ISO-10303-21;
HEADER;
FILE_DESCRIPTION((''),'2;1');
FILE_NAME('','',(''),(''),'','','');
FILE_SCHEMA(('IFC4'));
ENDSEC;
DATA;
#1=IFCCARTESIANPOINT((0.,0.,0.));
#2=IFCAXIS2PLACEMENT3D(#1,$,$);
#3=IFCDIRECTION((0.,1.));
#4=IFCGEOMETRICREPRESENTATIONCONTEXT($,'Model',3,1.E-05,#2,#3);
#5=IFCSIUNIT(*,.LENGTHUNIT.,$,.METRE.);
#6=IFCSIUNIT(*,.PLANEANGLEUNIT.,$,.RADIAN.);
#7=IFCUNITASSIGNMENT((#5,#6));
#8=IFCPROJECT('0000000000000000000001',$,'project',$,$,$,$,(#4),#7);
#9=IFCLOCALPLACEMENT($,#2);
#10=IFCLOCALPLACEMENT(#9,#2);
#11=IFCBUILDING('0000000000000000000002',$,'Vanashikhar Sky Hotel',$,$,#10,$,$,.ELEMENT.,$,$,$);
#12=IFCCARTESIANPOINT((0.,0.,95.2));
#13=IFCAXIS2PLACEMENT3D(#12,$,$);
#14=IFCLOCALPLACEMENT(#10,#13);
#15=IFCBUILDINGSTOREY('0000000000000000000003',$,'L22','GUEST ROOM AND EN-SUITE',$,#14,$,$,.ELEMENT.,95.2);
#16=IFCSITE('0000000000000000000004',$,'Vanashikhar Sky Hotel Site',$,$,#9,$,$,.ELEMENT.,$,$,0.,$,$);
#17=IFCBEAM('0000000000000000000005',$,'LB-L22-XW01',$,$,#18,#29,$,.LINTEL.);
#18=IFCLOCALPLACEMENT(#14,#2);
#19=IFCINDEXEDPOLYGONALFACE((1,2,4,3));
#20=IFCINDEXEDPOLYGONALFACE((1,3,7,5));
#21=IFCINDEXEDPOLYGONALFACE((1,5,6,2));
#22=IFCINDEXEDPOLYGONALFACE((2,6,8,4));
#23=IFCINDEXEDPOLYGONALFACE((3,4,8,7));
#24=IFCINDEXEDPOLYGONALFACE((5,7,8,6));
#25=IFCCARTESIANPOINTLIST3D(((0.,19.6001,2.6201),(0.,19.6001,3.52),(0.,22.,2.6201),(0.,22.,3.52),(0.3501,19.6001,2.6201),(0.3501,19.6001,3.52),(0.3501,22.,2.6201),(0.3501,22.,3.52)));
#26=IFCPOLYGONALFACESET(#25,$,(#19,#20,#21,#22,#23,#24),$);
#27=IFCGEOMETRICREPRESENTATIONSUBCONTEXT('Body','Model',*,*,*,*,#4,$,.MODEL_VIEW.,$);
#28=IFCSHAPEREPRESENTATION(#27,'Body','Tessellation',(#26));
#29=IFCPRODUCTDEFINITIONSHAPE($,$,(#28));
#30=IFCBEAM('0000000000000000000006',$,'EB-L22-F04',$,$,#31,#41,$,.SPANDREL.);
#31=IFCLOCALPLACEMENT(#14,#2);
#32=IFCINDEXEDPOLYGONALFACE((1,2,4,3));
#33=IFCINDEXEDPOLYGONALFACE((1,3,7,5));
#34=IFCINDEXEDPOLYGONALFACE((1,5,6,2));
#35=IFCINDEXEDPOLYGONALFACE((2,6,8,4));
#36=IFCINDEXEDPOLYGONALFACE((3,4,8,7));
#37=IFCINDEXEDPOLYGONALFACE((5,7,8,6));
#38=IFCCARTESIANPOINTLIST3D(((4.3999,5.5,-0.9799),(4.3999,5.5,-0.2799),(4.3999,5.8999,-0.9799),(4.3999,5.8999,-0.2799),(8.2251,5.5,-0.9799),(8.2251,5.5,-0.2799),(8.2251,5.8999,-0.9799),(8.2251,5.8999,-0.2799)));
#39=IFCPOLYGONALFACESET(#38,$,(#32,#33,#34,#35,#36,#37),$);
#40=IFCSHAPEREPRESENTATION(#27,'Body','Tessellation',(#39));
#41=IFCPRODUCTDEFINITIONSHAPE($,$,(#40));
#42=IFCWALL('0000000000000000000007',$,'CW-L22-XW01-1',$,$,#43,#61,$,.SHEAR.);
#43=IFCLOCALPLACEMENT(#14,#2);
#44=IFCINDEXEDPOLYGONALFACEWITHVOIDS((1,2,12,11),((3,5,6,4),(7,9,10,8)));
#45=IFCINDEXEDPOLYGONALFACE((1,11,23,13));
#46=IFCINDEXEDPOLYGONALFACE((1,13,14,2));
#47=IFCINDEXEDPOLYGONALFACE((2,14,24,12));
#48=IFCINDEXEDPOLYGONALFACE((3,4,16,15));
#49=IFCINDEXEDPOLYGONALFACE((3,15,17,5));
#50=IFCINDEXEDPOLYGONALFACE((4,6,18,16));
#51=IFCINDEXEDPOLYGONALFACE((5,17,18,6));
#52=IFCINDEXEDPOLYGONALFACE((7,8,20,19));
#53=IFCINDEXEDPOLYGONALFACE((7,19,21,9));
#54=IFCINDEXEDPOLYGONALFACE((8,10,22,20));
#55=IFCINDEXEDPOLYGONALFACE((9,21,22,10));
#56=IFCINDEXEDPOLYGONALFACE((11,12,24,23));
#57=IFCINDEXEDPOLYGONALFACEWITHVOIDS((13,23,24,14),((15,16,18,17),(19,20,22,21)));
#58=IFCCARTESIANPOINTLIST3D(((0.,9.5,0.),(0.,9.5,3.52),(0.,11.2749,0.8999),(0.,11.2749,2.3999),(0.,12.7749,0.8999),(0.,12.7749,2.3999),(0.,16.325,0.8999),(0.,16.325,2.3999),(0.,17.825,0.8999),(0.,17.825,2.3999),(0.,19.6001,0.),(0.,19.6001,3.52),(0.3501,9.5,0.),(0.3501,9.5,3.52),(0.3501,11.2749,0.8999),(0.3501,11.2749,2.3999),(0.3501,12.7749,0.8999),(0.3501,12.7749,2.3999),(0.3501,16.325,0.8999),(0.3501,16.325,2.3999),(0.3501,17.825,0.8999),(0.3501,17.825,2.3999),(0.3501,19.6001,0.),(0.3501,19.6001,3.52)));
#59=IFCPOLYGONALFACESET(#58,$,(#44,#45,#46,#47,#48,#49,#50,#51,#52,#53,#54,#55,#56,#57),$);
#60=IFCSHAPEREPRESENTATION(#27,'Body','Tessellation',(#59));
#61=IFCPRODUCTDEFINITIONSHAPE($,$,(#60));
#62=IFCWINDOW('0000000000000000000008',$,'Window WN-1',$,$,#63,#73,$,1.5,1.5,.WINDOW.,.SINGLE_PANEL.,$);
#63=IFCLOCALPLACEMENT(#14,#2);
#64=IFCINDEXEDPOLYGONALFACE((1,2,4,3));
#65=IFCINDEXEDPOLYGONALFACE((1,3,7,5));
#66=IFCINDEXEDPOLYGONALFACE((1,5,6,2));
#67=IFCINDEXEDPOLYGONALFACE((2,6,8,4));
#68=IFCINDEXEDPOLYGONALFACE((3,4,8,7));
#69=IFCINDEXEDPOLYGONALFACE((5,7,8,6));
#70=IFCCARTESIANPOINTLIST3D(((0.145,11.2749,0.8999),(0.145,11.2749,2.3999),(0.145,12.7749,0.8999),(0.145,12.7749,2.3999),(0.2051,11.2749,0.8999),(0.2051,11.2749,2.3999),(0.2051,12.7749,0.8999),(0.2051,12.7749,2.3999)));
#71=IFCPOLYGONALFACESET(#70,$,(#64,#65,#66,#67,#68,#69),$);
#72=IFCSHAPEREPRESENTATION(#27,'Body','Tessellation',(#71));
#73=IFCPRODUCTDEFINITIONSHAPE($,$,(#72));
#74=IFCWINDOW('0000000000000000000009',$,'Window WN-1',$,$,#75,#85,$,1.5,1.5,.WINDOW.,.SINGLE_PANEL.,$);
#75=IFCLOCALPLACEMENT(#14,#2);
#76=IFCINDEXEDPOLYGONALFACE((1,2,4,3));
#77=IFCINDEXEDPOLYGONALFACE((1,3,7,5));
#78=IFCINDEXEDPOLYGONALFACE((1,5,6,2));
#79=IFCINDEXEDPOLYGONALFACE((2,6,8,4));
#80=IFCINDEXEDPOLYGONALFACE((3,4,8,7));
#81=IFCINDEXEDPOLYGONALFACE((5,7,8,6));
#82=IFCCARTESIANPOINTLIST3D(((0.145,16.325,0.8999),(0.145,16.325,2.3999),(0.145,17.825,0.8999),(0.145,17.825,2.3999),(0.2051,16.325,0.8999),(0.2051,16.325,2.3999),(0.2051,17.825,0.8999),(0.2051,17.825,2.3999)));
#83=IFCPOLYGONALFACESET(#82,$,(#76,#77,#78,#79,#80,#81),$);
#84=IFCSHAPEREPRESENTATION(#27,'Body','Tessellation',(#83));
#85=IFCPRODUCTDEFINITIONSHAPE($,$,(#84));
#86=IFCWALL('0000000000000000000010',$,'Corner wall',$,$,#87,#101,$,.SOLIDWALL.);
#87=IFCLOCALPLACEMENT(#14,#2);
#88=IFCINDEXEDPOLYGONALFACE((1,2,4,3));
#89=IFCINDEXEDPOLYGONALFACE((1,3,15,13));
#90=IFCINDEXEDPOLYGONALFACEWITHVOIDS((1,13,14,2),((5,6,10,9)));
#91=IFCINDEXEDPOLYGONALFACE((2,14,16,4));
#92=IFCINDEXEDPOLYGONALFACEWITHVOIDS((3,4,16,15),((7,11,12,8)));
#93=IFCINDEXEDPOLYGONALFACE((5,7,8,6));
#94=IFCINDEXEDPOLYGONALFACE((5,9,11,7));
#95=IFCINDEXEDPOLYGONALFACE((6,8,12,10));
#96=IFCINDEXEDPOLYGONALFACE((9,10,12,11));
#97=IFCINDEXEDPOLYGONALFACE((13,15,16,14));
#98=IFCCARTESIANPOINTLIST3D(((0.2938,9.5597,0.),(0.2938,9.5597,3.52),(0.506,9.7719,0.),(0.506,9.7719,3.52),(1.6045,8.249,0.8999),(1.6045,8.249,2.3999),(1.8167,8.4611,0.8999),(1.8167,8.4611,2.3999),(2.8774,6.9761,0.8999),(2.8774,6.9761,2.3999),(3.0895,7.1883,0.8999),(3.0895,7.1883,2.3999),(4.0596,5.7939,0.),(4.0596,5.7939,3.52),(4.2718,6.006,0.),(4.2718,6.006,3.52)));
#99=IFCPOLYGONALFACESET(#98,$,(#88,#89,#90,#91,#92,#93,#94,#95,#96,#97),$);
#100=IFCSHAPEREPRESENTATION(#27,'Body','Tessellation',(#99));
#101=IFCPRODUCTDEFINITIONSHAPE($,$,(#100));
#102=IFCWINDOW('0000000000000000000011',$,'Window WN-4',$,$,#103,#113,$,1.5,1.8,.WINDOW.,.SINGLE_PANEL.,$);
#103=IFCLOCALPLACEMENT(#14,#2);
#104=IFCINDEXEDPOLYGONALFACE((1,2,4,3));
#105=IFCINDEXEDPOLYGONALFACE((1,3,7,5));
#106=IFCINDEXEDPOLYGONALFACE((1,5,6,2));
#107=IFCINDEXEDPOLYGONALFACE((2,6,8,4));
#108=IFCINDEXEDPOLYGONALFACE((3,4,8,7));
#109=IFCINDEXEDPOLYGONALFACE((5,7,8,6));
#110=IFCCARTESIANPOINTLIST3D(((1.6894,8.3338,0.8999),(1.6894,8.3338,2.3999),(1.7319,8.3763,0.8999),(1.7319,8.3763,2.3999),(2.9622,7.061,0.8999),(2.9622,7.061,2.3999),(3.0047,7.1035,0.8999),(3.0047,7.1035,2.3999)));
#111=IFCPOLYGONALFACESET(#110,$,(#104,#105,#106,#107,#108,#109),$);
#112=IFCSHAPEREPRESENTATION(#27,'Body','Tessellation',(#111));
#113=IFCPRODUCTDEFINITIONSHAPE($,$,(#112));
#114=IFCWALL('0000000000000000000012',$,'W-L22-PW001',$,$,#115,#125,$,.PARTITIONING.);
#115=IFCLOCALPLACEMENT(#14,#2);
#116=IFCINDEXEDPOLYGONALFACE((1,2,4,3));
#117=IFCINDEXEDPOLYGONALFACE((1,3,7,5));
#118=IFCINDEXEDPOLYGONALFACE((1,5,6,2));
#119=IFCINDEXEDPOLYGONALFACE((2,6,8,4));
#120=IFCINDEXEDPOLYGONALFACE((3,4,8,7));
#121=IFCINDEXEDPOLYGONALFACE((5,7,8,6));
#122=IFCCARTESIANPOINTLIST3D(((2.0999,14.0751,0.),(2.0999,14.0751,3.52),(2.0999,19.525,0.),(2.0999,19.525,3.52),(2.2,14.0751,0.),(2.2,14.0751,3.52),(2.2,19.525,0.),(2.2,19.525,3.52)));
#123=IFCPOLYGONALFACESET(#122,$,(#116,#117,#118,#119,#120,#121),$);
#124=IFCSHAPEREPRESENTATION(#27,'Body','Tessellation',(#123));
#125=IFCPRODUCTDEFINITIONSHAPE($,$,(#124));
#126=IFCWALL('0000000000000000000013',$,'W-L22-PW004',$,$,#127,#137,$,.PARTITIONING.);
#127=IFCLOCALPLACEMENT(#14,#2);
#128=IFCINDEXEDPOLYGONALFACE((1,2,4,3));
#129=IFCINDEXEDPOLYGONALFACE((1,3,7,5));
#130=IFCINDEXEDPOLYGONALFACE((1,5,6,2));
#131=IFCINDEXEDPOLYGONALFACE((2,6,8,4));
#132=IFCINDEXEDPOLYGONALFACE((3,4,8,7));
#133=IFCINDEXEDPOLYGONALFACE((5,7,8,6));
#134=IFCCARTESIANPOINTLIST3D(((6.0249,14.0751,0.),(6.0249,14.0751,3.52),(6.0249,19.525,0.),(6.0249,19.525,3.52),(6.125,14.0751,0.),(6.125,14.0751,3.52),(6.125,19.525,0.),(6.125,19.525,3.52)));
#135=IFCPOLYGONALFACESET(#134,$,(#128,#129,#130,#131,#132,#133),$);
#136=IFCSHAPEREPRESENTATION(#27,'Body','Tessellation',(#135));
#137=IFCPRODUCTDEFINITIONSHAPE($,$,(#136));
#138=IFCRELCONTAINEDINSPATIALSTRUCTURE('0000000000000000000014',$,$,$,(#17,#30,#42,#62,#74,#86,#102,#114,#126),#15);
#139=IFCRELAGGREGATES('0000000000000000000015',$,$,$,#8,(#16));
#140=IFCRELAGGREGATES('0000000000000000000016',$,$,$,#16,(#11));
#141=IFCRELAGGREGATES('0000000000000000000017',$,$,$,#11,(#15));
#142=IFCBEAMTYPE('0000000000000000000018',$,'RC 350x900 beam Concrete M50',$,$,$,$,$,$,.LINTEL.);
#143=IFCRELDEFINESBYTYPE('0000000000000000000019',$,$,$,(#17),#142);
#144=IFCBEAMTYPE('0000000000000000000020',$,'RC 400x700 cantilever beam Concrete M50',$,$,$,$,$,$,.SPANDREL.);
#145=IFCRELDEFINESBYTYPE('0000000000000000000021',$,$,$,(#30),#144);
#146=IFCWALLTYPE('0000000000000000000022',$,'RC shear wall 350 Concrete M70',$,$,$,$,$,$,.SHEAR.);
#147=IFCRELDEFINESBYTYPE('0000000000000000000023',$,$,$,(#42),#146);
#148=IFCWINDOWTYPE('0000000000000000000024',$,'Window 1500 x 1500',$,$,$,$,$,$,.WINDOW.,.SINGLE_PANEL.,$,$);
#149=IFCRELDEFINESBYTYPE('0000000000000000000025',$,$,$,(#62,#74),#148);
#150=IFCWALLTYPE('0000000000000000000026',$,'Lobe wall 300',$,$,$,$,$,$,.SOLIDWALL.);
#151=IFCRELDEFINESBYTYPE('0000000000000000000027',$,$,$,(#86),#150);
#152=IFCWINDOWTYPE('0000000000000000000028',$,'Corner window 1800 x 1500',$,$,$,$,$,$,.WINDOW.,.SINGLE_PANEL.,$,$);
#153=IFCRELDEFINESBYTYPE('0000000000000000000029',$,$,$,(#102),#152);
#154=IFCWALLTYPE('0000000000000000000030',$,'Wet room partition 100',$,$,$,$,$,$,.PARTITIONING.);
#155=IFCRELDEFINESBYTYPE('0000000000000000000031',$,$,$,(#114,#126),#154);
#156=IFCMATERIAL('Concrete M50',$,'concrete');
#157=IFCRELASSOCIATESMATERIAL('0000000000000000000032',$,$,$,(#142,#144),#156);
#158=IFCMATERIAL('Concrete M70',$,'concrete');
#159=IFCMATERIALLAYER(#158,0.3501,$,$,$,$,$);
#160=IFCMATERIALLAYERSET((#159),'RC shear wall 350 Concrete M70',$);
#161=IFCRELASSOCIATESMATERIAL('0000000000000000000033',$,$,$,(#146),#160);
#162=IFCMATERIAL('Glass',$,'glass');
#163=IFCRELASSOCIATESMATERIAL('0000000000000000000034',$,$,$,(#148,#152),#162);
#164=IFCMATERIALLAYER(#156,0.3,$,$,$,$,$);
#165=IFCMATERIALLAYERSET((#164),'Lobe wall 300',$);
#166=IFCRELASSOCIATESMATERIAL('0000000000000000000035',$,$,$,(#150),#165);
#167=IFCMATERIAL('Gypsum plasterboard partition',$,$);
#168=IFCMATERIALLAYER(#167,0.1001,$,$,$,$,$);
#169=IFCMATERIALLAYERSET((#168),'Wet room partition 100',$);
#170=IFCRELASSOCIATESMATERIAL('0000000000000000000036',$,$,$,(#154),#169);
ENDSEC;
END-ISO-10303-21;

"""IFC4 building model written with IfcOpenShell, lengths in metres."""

from ifc_helpers import new_model, si_unit, direction, frame, frame_2d, origin, origin_2d, place, context, subcontext, project, spatial, rectangle, extrude, source, transform, mapped, material, layer, layer_set, material_profile, profile_set, type_object, element, fill, save


model = new_model("IFC4")

# Units and contexts
model_context = context("Model", 3, precision=1e-05, world=origin(), true_north=direction((0.0, 1.0)))
body_context = subcontext(model_context, "Body", "Model", "MODEL_VIEW")
ifc_project = project(units=[si_unit("LENGTHUNIT", "METRE"), si_unit("PLANEANGLEUNIT", "RADIAN")], contexts=[model_context])

# Site, building, storey
site_placement = place(None, origin())
site = spatial("IfcSite", under=ifc_project, at=site_placement, Name="Vanashikhar Sky Hotel Site", CompositionType="ELEMENT", RefElevation=0.0)
building_placement = place(site_placement, origin())
building = spatial("IfcBuilding", under=site, at=building_placement, Name="Vanashikhar Sky Hotel", CompositionType="ELEMENT")
storey_placement = place(building_placement, frame((0.0, 0.0, 95.2)))
storey = spatial("IfcBuildingStorey", under=building, at=storey_placement, Name="L22", Description="GUEST ROOM AND EN-SUITE", CompositionType="ELEMENT", Elevation=95.2)

# Beams
ifc_material_1 = material(Name="Concrete M50", Category="concrete")
ifc_material_profile_1 = material_profile(ifc_material_1, rectangle(XDim=0.3501, YDim=0.8999, at=origin_2d()))
ifc_profile_set_1 = profile_set([ifc_material_profile_1], Name="RC 350x900 beam Concrete M50")
beam_type_1 = type_object("IfcBeamType", Name="RC 350x900 beam Concrete M50", PredefinedType="LINTEL", material=ifc_profile_set_1)
shared_shape_1 = source(origin(), body_context, "Body", "SweptSolid", [
    extrude(rectangle(XDim=0.3501, YDim=0.8999, at=origin_2d()), origin(), (0.0, 0.0, 1.0), 2.3999),
])
beam_1_placement = place(storey_placement, frame((0.175, 19.6001, 3.0701), z_axis=(0.0, 1.0, 0.0), x_axis=(-1.0, 0.0, 0.0)))
element("IfcBeam", 1, at=beam_1_placement, inside=storey, type_object=beam_type_1, Name="LB-L22-XW01", PredefinedType="LINTEL", context=body_context, shape_type="MappedRepresentation", body=[
    mapped(shared_shape_1, transform((0.0, 0.0, 0.0), scale=1.0)),
])
ifc_material_profile_2 = material_profile(ifc_material_1, rectangle(XDim=0.3999, YDim=0.7, at=origin_2d()))
ifc_profile_set_2 = profile_set([ifc_material_profile_2], Name="RC 400x700 cantilever beam Concrete M50")
beam_type_2 = type_object("IfcBeamType", Name="RC 400x700 cantilever beam Concrete M50", PredefinedType="SPANDREL", material=ifc_profile_set_2)
shared_shape_2 = source(origin(), body_context, "Body", "SweptSolid", [
    extrude(rectangle(XDim=0.3999, YDim=0.7, at=origin_2d()), origin(), (0.0, 0.0, 1.0), 3.8252),
])
beam_2_placement = place(storey_placement, frame((4.3999, 5.7, -0.6299), z_axis=(1.0, 0.0, 0.0), x_axis=(0.0, 1.0, 0.0)))
element("IfcBeam", 2, at=beam_2_placement, inside=storey, type_object=beam_type_2, Name="EB-L22-F04", PredefinedType="SPANDREL", context=body_context, shape_type="MappedRepresentation", body=[
    mapped(shared_shape_2, transform((0.0, 0.0, 0.0), scale=1.0)),
])

# Wall, openings, windows
ifc_material_2 = material(Name="Concrete M70", Category="concrete")
ifc_layer_1 = layer(ifc_material_2, 0.3501)
ifc_layer_set_1 = layer_set([ifc_layer_1], Name="RC shear wall 350 Concrete M70")
wall_type_1 = type_object("IfcWallType", Name="RC shear wall 350 Concrete M70", PredefinedType="SHEAR", material=ifc_layer_set_1)
shared_shape_3 = source(origin(), body_context, "Body", "SweptSolid", [
    extrude(rectangle(XDim=10.1001, YDim=0.3501, at=frame_2d((5.05, 0.0))), origin(), (0.0, 0.0, 1.0), 3.52),
])
wall_1_placement = place(storey_placement, frame((0.175, 9.5, 0.0), z_axis=(0.0, 0.0, 1.0), x_axis=(0.0, 1.0, 0.0)))
wall_1 = element("IfcWall", 3, at=wall_1_placement, inside=storey, type_object=wall_type_1, Name="CW-L22-XW01-1", PredefinedType="SHEAR", context=body_context, shape_type="MappedRepresentation", body=[
    mapped(shared_shape_3, transform((0.0, 0.0, 0.0), scale=1.0)),
])
shared_shape_4 = source(origin(), body_context, "Body", "SweptSolid", [
    extrude(rectangle(XDim=1.5, YDim=1.5, at=frame_2d((0.75, 0.75))), frame((0.0, 0.1851, 0.0), z_axis=(0.0, -1.0, 0.0), x_axis=(1.0, 0.0, 0.0)), (0.0, 0.0, 1.0), 0.3701),
])
opening_1_placement = place(wall_1_placement, frame((1.7749, 0.0, 0.8999)))
opening_1 = element("IfcOpeningElement", 4, at=opening_1_placement, cuts=wall_1, PredefinedType="OPENING", context=body_context, shape_type="MappedRepresentation", body=[
    mapped(shared_shape_4, transform((0.0, 0.0, 0.0), scale=1.0)),
])
opening_2_placement = place(wall_1_placement, frame((6.825, 0.0, 0.8999)))
opening_2 = element("IfcOpeningElement", 5, at=opening_2_placement, cuts=wall_1, PredefinedType="OPENING", context=body_context, shape_type="MappedRepresentation", body=[
    mapped(shared_shape_4, transform((0.0, 0.0, 0.0), scale=1.0)),
])
ifc_material_3 = material(Name="Glass", Category="glass")
window_type_1 = type_object("IfcWindowType", Name="Window 1500 x 1500", PartitioningType="SINGLE_PANEL", PredefinedType="WINDOW", material=ifc_material_3)
shared_shape_5 = source(origin(), body_context, "Body", "SweptSolid", [
    extrude(rectangle(XDim=1.5, YDim=1.5, at=frame_2d((0.75, 0.75))), frame((0.0, 0.03, 0.0), z_axis=(0.0, -1.0, 0.0), x_axis=(1.0, 0.0, 0.0)), (0.0, 0.0, 1.0), 0.0601),
])
window_1_placement = place(opening_1_placement, origin())
window_1 = element("IfcWindow", 6, at=window_1_placement, inside=storey, type_object=window_type_1, Name="Window WN-1", OverallHeight=1.5, OverallWidth=1.5, PartitioningType="SINGLE_PANEL", PredefinedType="WINDOW", context=body_context, shape_type="MappedRepresentation", body=[
    mapped(shared_shape_5, transform((0.0, 0.0, 0.0), scale=1.0)),
])
fill(opening_1, window_1)
window_2_placement = place(opening_2_placement, origin())
window_2 = element("IfcWindow", 7, at=window_2_placement, inside=storey, type_object=window_type_1, Name="Window WN-1", OverallHeight=1.5, OverallWidth=1.5, PartitioningType="SINGLE_PANEL", PredefinedType="WINDOW", context=body_context, shape_type="MappedRepresentation", body=[
    mapped(shared_shape_5, transform((0.0, 0.0, 0.0), scale=1.0)),
])
fill(opening_2, window_2)

# Wall, opening, window
ifc_layer_2 = layer(ifc_material_1, 0.3)
ifc_layer_set_2 = layer_set([ifc_layer_2], Name="Lobe wall 300")
wall_type_2 = type_object("IfcWallType", Name="Lobe wall 300", PredefinedType="SOLIDWALL", material=ifc_layer_set_2)
shared_shape_6 = source(origin(), body_context, "Body", "SweptSolid", [
    extrude(rectangle(XDim=5.3257, YDim=0.3, at=frame_2d((2.6628, 0.0))), origin(), (0.0, 0.0, 1.0), 3.52),
])
wall_2_placement = place(storey_placement, frame((0.3999, 9.6658, 0.0), z_axis=(0.0, 0.0, 1.0), x_axis=(0.707107, -0.707107, 0.0)))
wall_2 = element("IfcWall", 8, at=wall_2_placement, inside=storey, type_object=wall_type_2, Name="Corner wall", PredefinedType="SOLIDWALL", context=body_context, shape_type="MappedRepresentation", body=[
    mapped(shared_shape_6, transform((0.0, 0.0, 0.0), scale=1.0)),
])
shared_shape_7 = source(origin(), body_context, "Body", "SweptSolid", [
    extrude(rectangle(XDim=1.8, YDim=1.5, at=frame_2d((0.8999, 0.75))), frame((0.0, 0.1602, 0.0), z_axis=(0.0, -1.0, 0.0), x_axis=(1.0, 0.0, 0.0)), (0.0, 0.0, 1.0), 0.3201),
])
opening_3_placement = place(wall_2_placement, frame((1.8538, 0.0, 0.8999)))
opening_3 = element("IfcOpeningElement", 9, at=opening_3_placement, cuts=wall_2, PredefinedType="OPENING", context=body_context, shape_type="MappedRepresentation", body=[
    mapped(shared_shape_7, transform((0.0, 0.0, 0.0), scale=1.0)),
])
window_type_2 = type_object("IfcWindowType", Name="Corner window 1800 x 1500", PartitioningType="SINGLE_PANEL", PredefinedType="WINDOW", material=ifc_material_3)
shared_shape_8 = source(origin(), body_context, "Body", "SweptSolid", [
    extrude(rectangle(XDim=1.8, YDim=1.5, at=frame_2d((0.8999, 0.75))), frame((0.0, 0.03, 0.0), z_axis=(0.0, -1.0, 0.0), x_axis=(1.0, 0.0, 0.0)), (0.0, 0.0, 1.0), 0.0601),
])
window_3_placement = place(opening_3_placement, origin())
window_3 = element("IfcWindow", 10, at=window_3_placement, inside=storey, type_object=window_type_2, Name="Window WN-4", OverallHeight=1.5, OverallWidth=1.8, PartitioningType="SINGLE_PANEL", PredefinedType="WINDOW", context=body_context, shape_type="MappedRepresentation", body=[
    mapped(shared_shape_8, transform((0.0, 0.0, 0.0), scale=1.0)),
])
fill(opening_3, window_3)

# Walls
ifc_material_4 = material(Name="Gypsum plasterboard partition")
ifc_layer_3 = layer(ifc_material_4, 0.1001)
ifc_layer_set_3 = layer_set([ifc_layer_3], Name="Wet room partition 100")
wall_type_3 = type_object("IfcWallType", Name="Wet room partition 100", PredefinedType="PARTITIONING", material=ifc_layer_set_3)
shared_shape_9 = source(origin(), body_context, "Body", "SweptSolid", [
    extrude(rectangle(XDim=5.45, YDim=0.1001, at=frame_2d((2.7251, 0.0))), origin(), (0.0, 0.0, 1.0), 3.52),
])
for number, where, z_axis, x_axis, name in (
    (11, (2.1499, 14.075, 0.0), (0.0, 0.0, 1.0), (0.0, 1.0, 0.0), "W-L22-PW001"),
    (12, (6.075, 14.075, 0.0), (0.0, 0.0, 1.0), (0.0, 1.0, 0.0), "W-L22-PW004"),
):
    element("IfcWall", number, at=place(storey_placement, frame(where, z_axis=z_axis, x_axis=x_axis)), inside=storey, type_object=wall_type_3, Name=name, PredefinedType="PARTITIONING", context=body_context, shape_type="MappedRepresentation", body=[
        mapped(shared_shape_9, transform((0.0, 0.0, 0.0), scale=1.0)),
    ])

save(model, "model.ifc")
